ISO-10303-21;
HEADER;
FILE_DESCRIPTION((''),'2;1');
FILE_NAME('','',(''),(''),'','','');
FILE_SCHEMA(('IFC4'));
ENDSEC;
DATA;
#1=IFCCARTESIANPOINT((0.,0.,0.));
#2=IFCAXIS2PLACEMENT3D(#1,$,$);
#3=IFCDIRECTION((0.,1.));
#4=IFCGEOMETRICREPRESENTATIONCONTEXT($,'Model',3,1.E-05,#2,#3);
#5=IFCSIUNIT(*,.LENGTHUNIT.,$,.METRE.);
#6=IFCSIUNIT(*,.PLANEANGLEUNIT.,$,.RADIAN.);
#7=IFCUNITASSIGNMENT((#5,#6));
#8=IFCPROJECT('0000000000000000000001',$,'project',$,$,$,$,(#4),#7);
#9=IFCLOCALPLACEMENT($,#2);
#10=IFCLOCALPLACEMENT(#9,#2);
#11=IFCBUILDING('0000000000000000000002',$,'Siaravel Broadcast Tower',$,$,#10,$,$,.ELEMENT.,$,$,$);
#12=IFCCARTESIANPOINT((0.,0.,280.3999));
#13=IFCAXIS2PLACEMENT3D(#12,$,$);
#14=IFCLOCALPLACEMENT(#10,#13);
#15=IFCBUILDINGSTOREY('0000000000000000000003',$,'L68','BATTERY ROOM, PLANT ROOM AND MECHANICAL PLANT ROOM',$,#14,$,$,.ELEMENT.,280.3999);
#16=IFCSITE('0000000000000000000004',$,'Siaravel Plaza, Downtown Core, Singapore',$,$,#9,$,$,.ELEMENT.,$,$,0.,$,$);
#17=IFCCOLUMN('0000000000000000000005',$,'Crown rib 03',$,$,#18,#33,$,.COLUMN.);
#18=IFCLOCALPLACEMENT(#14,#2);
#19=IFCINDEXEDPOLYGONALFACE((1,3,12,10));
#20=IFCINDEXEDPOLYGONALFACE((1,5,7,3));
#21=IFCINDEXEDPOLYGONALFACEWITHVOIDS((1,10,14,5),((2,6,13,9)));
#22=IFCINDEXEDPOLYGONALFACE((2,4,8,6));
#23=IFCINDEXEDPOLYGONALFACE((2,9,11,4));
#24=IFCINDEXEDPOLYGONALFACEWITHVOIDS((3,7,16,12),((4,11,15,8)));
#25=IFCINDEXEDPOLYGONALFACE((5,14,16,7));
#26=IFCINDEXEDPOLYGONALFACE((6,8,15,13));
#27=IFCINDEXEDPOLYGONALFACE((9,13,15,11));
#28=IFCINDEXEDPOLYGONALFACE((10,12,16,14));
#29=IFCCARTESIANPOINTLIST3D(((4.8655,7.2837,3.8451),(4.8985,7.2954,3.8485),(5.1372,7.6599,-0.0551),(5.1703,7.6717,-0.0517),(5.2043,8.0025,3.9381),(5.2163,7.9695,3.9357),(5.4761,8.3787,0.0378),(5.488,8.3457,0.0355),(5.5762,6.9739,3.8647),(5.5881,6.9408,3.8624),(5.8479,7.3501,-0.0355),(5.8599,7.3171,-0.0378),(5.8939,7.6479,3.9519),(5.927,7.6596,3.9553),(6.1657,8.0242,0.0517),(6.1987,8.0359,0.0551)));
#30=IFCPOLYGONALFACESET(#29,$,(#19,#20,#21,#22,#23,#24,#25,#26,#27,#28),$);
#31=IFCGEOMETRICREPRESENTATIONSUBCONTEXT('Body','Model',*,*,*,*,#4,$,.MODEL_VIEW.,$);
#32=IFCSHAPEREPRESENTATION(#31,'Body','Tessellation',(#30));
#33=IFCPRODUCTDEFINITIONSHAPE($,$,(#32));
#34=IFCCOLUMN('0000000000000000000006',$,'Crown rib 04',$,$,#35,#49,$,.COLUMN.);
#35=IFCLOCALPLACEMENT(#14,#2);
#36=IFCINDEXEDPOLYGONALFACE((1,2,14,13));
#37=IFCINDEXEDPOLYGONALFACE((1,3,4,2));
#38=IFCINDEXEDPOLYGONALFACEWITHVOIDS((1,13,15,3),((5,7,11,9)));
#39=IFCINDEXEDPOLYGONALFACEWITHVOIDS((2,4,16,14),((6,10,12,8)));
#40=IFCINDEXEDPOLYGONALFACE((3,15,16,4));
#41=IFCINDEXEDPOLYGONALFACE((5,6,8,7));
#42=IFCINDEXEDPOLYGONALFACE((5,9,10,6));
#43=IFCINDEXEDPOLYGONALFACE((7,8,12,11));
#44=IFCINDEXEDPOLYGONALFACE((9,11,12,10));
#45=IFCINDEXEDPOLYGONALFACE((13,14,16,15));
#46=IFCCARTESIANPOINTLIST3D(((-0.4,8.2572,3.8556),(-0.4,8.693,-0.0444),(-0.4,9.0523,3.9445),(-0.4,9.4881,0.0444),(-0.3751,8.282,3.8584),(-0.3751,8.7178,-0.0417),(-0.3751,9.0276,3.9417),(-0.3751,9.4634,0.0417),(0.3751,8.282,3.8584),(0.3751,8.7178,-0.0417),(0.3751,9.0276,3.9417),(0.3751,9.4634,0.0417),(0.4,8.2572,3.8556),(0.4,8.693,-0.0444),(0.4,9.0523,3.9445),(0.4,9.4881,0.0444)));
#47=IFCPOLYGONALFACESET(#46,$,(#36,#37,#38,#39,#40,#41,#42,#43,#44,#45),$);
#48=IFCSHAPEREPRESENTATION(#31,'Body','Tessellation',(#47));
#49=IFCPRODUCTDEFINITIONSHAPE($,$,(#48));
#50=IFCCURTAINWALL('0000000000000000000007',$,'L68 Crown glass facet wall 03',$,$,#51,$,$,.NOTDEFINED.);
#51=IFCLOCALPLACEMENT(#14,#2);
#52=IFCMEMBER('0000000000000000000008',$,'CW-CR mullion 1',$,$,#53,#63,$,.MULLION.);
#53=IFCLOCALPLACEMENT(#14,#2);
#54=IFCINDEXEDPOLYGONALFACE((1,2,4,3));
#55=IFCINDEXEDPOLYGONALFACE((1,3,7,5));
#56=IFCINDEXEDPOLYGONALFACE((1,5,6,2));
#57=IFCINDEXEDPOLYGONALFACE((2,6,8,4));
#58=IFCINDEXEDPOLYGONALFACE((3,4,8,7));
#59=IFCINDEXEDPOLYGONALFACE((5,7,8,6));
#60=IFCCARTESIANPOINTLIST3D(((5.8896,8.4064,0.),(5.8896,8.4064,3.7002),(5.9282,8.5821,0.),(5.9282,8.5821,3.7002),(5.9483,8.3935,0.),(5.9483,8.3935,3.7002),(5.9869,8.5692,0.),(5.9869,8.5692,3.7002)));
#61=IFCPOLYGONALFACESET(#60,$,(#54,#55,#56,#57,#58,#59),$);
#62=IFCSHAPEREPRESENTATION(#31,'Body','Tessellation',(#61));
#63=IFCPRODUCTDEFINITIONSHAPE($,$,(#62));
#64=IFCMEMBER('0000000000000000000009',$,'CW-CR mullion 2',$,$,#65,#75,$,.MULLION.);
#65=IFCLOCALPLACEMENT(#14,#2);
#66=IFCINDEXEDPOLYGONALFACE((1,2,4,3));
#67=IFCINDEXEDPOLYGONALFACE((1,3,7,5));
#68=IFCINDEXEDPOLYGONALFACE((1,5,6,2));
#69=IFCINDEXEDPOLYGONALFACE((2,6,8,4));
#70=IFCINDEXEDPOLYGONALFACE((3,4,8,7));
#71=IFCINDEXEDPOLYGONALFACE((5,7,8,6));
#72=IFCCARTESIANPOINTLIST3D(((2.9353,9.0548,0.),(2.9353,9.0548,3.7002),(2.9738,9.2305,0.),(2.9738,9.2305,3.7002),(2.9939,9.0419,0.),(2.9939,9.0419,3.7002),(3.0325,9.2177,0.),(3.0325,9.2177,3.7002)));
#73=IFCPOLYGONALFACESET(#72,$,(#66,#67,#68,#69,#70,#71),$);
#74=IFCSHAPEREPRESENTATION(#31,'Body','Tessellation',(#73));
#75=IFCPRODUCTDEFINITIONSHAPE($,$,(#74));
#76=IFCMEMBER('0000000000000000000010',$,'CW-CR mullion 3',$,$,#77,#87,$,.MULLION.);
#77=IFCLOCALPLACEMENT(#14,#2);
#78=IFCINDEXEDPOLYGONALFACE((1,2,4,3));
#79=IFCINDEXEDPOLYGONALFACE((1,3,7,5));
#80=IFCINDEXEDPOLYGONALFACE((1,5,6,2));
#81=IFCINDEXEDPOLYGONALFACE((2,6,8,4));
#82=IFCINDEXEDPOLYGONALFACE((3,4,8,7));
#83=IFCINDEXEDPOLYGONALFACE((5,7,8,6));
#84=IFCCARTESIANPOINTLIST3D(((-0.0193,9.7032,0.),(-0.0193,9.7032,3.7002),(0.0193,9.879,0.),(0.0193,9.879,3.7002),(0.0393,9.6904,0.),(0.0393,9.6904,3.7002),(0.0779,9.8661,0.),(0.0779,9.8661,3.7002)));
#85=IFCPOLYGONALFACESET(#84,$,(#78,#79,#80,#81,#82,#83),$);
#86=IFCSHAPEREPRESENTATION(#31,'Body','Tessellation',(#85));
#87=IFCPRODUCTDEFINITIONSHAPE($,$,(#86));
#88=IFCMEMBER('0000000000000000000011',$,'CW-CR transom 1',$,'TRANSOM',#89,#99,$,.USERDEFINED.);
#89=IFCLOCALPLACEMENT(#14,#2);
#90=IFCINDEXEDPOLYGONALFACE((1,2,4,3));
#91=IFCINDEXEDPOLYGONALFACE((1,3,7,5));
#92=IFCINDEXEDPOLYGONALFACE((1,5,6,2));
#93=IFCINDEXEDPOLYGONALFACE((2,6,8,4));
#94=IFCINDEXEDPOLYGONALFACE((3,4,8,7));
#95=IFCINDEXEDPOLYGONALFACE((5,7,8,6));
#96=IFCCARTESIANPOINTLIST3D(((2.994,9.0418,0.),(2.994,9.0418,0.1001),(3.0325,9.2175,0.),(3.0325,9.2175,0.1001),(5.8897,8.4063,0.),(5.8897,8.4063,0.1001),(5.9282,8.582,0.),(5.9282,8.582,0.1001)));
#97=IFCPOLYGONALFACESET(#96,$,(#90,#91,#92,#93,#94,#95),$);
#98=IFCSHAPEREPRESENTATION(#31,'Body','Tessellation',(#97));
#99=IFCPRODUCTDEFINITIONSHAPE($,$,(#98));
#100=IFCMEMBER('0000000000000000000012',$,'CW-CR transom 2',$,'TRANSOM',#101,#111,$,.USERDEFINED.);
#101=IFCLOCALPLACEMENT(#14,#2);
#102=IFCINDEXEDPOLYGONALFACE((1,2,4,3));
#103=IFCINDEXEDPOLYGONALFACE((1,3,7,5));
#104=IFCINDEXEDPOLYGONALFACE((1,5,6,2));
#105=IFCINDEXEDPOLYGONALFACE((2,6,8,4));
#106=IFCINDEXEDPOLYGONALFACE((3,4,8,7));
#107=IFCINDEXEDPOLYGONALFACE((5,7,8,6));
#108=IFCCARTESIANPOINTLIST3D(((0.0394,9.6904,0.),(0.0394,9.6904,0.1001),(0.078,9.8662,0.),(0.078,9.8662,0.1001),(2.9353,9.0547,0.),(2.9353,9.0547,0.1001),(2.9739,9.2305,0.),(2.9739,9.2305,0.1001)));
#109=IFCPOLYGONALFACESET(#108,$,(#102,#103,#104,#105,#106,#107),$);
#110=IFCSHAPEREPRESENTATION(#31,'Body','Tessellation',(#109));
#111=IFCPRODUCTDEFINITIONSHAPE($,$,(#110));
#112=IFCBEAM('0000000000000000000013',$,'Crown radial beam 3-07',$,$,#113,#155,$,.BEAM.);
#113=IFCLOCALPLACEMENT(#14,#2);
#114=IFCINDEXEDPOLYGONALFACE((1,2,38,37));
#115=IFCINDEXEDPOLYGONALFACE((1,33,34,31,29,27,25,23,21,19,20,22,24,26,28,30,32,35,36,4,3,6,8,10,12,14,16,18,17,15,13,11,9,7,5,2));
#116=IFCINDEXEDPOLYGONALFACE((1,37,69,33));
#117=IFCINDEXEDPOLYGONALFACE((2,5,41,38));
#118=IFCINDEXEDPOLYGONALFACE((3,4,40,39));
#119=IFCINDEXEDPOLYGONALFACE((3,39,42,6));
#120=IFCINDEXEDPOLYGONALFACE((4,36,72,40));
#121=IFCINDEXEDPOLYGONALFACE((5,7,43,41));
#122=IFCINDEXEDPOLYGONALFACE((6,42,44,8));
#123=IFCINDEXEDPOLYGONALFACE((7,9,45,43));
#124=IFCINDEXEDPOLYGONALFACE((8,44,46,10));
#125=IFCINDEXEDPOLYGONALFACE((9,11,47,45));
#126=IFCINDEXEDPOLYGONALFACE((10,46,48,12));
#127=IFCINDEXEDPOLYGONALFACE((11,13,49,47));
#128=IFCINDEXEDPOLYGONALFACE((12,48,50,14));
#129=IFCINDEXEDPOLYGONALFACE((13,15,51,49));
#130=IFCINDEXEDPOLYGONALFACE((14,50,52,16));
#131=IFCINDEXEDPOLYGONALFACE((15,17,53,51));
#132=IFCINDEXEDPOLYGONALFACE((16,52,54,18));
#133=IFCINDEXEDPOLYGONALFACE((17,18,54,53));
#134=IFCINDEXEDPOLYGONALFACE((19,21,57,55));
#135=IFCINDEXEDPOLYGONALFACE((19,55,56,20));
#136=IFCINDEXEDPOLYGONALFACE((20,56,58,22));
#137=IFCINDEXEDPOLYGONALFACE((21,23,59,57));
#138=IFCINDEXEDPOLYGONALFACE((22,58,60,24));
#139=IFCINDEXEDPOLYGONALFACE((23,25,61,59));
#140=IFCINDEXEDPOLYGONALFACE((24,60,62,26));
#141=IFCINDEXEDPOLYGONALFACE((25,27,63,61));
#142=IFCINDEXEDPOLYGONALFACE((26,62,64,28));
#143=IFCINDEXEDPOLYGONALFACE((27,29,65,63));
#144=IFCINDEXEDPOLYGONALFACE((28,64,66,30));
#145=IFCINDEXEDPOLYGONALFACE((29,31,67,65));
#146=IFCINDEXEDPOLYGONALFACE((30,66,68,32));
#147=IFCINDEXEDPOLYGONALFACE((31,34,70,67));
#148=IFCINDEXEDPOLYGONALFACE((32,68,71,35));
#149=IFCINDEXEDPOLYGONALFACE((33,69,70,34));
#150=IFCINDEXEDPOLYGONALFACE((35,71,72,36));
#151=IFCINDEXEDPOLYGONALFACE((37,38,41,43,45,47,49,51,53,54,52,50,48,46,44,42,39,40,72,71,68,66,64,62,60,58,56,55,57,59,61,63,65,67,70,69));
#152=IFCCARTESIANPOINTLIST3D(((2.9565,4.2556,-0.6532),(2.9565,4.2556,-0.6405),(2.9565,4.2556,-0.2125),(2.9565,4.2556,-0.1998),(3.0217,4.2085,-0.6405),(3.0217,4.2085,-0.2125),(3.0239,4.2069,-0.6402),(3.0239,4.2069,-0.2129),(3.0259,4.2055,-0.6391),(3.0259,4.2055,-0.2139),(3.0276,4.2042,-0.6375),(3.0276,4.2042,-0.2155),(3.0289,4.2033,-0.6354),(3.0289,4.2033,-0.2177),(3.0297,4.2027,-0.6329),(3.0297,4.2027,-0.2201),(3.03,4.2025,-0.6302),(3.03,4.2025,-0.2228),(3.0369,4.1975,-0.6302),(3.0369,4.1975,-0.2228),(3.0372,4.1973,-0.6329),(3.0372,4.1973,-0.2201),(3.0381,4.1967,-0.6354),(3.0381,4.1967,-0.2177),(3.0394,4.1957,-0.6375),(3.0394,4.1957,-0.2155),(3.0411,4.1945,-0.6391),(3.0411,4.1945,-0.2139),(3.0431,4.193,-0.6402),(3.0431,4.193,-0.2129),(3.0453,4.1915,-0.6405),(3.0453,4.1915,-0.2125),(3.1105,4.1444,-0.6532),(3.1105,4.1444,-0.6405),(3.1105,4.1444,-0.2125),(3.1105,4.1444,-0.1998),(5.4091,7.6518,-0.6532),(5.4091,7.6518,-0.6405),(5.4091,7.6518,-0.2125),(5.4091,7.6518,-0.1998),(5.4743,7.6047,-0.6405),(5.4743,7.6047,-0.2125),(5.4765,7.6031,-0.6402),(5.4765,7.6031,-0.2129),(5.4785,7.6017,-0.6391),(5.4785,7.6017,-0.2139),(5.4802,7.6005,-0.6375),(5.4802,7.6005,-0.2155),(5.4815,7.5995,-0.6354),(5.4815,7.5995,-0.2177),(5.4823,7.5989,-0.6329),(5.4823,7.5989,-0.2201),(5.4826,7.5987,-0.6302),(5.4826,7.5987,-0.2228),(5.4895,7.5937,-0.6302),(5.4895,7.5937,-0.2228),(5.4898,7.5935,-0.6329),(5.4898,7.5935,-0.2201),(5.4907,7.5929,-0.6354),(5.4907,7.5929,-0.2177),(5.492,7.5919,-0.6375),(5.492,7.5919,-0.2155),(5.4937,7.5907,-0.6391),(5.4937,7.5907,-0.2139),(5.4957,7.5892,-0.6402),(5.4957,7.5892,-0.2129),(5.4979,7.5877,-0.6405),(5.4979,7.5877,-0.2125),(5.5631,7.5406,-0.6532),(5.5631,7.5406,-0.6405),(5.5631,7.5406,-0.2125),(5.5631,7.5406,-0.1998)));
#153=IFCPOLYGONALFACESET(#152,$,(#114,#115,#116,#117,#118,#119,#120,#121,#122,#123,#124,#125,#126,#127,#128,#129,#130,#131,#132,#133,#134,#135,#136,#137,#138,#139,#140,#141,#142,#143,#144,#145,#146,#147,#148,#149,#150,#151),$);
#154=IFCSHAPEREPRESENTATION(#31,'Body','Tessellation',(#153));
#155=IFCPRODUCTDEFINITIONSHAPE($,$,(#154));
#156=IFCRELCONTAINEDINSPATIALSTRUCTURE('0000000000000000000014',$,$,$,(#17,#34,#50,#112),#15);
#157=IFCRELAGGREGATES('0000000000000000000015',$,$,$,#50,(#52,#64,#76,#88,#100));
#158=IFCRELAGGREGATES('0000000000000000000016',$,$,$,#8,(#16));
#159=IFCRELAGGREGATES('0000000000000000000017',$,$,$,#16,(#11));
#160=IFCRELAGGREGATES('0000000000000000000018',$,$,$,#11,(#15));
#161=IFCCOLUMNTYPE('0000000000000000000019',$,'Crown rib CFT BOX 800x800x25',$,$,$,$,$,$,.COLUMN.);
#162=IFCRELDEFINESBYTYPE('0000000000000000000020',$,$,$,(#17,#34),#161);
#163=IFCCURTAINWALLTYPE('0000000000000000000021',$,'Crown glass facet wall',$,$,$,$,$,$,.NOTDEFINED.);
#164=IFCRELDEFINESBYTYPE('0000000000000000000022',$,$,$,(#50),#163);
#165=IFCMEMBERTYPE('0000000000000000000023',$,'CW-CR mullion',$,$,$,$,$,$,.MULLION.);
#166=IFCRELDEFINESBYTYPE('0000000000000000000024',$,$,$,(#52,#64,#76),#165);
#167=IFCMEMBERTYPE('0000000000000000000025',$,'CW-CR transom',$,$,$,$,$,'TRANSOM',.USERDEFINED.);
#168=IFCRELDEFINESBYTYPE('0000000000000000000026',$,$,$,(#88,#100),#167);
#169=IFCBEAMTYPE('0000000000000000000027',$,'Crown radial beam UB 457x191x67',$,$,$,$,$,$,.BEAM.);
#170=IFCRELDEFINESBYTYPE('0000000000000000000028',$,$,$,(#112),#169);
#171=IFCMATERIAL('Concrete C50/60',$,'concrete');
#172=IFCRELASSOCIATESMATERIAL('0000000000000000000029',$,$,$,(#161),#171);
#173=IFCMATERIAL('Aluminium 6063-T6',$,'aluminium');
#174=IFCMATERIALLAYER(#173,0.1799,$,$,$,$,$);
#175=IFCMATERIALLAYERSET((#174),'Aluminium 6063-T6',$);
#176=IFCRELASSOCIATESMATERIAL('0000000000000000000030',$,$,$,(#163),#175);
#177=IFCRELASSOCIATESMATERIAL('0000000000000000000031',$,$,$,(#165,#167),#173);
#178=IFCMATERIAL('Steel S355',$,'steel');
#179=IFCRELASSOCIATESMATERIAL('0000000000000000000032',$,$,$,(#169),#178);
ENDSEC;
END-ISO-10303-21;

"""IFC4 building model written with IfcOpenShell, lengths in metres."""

from ifc_helpers import new_model, si_unit, direction, frame, origin, origin_2d, place, context, subcontext, project, spatial, rectangle, hollow_rectangle, i_section, extrude, material, layer, layer_set, material_profile, profile_set, type_object, element, aggregate, save


model = new_model("IFC4")

# Units and contexts
model_context = context("Model", 3, precision=1e-05, world=origin(), true_north=direction((0.0, 1.0)))
body_context = subcontext(model_context, "Body", "Model", "MODEL_VIEW")
ifc_project = project(units=[si_unit("LENGTHUNIT", "METRE"), si_unit("PLANEANGLEUNIT", "RADIAN")], contexts=[model_context])

# Site, building, storey
site_placement = place(None, origin())
site = spatial("IfcSite", under=ifc_project, at=site_placement, Name="Siaravel Plaza, Downtown Core, Singapore", CompositionType="ELEMENT", RefElevation=0.0)
building_placement = place(site_placement, origin())
building = spatial("IfcBuilding", under=site, at=building_placement, Name="Siaravel Broadcast Tower", CompositionType="ELEMENT")
storey_placement = place(building_placement, frame((0.0, 0.0, 280.3999)))
storey = spatial("IfcBuildingStorey", under=building, at=storey_placement, Name="L68", Description="BATTERY ROOM, PLANT ROOM AND MECHANICAL PLANT ROOM", CompositionType="ELEMENT", Elevation=280.3999)

# Columns
ifc_material_1 = material(Name="Concrete C50/60", Category="concrete")
ifc_material_profile_1 = material_profile(ifc_material_1, hollow_rectangle(XDim=0.8, YDim=0.8, WallThickness=0.0249, at=origin_2d()))
ifc_profile_set_1 = profile_set([ifc_material_profile_1], Name="Concrete C50/60")
column_type = type_object("IfcColumnType", Name="Crown rib CFT BOX 800x800x25", PredefinedType="COLUMN", material=ifc_profile_set_1)
column_1_placement = place(storey_placement, frame((5.668, 7.8479, 0.0), z_axis=(-0.069183, -0.095787, 0.992995), x_axis=(0.903251, -0.428569, 0.02159)))
element("IfcColumn", 1, at=column_1_placement, inside=storey, type_object=column_type, Name="Crown rib 03", PredefinedType="COLUMN", context=body_context, shape_type="SweptSolid", body=[
    extrude(hollow_rectangle(XDim=0.8, YDim=0.8, WallThickness=0.0249, at=origin_2d()), origin(), (0.0, 0.0, 1.0), 3.9277),
])
column_2_placement = place(storey_placement, frame((0.0, 9.0906, 0.0), z_axis=(0.0, -0.111046, 0.993815), x_axis=(1.0, 0.0, 0.0)))
element("IfcColumn", 2, at=column_2_placement, inside=storey, type_object=column_type, Name="Crown rib 04", PredefinedType="COLUMN", context=body_context, shape_type="SweptSolid", body=[
    extrude(hollow_rectangle(XDim=0.8, YDim=0.8, WallThickness=0.0249, at=origin_2d()), origin(), (0.0, 0.0, 1.0), 3.9243),
])

# Curtain wall, members
ifc_material_2 = material(Name="Aluminium 6063-T6", Category="aluminium")
ifc_layer_1 = layer(ifc_material_2, 0.1799)
ifc_layer_set_1 = layer_set([ifc_layer_1], Name="Aluminium 6063-T6")
curtain_wall_type = type_object("IfcCurtainWallType", Name="Crown glass facet wall", PredefinedType="NOTDEFINED", material=ifc_layer_set_1)
curtain_wall_placement = place(storey_placement, origin())
curtain_wall = element("IfcCurtainWall", 3, at=curtain_wall_placement, inside=storey, type_object=curtain_wall_type, Name="L68 Crown glass facet wall 03", PredefinedType="NOTDEFINED")
ifc_material_profile_2 = material_profile(ifc_material_2, rectangle(XDim=0.1799, YDim=0.0601, at=origin_2d()))
ifc_profile_set_2 = profile_set([ifc_material_profile_2], Name="Aluminium 6063-T6")
member_type_1 = type_object("IfcMemberType", Name="CW-CR mullion", PredefinedType="MULLION", material=ifc_profile_set_2)
member_1_placement = place(storey_placement, frame((5.9382, 8.4878, 0.0), z_axis=(0.0, 0.0, 1.0), x_axis=(-0.214394, -0.976747, 0.0)))
member_1 = element("IfcMember", 4, at=member_1_placement, type_object=member_type_1, Name="CW-CR mullion 1", PredefinedType="MULLION", context=body_context, shape_type="SweptSolid", body=[
    extrude(rectangle(XDim=0.1799, YDim=0.0601, at=origin_2d()), origin(), (0.0, 0.0, 1.0), 3.7002),
])
member_2_placement = place(storey_placement, frame((2.9839, 9.1362, 0.0), z_axis=(0.0, 0.0, 1.0), x_axis=(-0.214394, -0.976747, 0.0)))
member_2 = element("IfcMember", 5, at=member_2_placement, type_object=member_type_1, Name="CW-CR mullion 2", PredefinedType="MULLION", context=body_context, shape_type="SweptSolid", body=[
    extrude(rectangle(XDim=0.1799, YDim=0.0601, at=origin_2d()), origin(), (0.0, 0.0, 1.0), 3.7002),
])
member_3_placement = place(storey_placement, frame((0.0293, 9.7847, 0.0), z_axis=(0.0, 0.0, 1.0), x_axis=(-0.214394, -0.976747, 0.0)))
member_3 = element("IfcMember", 6, at=member_3_placement, type_object=member_type_1, Name="CW-CR mullion 3", PredefinedType="MULLION", context=body_context, shape_type="SweptSolid", body=[
    extrude(rectangle(XDim=0.1799, YDim=0.0601, at=origin_2d()), origin(), (0.0, 0.0, 1.0), 3.7002),
])
ifc_material_profile_3 = material_profile(ifc_material_2, rectangle(XDim=0.1799, YDim=0.1001, at=origin_2d()))
ifc_profile_set_3 = profile_set([ifc_material_profile_3], Name="Aluminium 6063-T6")
member_type_2 = type_object("IfcMemberType", Name="CW-CR transom", ElementType="TRANSOM", PredefinedType="USERDEFINED", material=ifc_profile_set_3)
member_4_placement = place(storey_placement, frame((5.9089, 8.4941, 0.05), z_axis=(-0.976755, 0.214357, 0.0), x_axis=(-0.214357, -0.976755, 0.0)))
member_4 = element("IfcMember", 7, at=member_4_placement, type_object=member_type_2, Name="CW-CR transom 1", ObjectType="TRANSOM", PredefinedType="USERDEFINED", context=body_context, shape_type="SweptSolid", body=[
    extrude(rectangle(XDim=0.1799, YDim=0.1001, at=origin_2d()), origin(), (0.0, 0.0, 1.0), 2.9646),
])
member_5_placement = place(storey_placement, frame((2.9546, 9.1426, 0.05), z_axis=(-0.976742, 0.214419, 0.0), x_axis=(-0.214419, -0.976742, 0.0)))
member_5 = element("IfcMember", 8, at=member_5_placement, type_object=member_type_2, Name="CW-CR transom 2", ObjectType="TRANSOM", PredefinedType="USERDEFINED", context=body_context, shape_type="SweptSolid", body=[
    extrude(rectangle(XDim=0.1799, YDim=0.1001, at=origin_2d()), origin(), (0.0, 0.0, 1.0), 2.9648),
])

# Beam
ifc_material_3 = material(Name="Steel S355", Category="steel")
ifc_material_profile_4 = material_profile(ifc_material_3, i_section(OverallWidth=0.1899, OverallDepth=0.4534, WebThickness=0.0085, FlangeThickness=0.0127, FilletRadius=0.0103, at=origin_2d()))
ifc_profile_set_4 = profile_set([ifc_material_profile_4], Name="Steel S355")
beam_type_1 = type_object("IfcBeamType", Name="Crown radial beam UB 457x191x67", PredefinedType="BEAM", material=ifc_profile_set_4)
beam_1_placement = place(storey_placement, frame((5.4861, 7.5962, -0.4265), z_axis=(-0.585459, -0.810702, 0.0), x_axis=(0.810702, -0.585459, 0.0)))
element("IfcBeam", 9, at=beam_1_placement, inside=storey, type_object=beam_type_1, Name="Crown radial beam 3-07", PredefinedType="BEAM", context=body_context, shape_type="SweptSolid", body=[
    extrude(i_section(OverallWidth=0.1899, OverallDepth=0.4534, WebThickness=0.0085, FlangeThickness=0.0127, FilletRadius=0.0103, at=origin_2d()), origin(), (0.0, 0.0, 1.0), 4.1892),
])

aggregate(curtain_wall, [member_1, member_2, member_3, member_4, member_5])

save(model, "model.ifc")
